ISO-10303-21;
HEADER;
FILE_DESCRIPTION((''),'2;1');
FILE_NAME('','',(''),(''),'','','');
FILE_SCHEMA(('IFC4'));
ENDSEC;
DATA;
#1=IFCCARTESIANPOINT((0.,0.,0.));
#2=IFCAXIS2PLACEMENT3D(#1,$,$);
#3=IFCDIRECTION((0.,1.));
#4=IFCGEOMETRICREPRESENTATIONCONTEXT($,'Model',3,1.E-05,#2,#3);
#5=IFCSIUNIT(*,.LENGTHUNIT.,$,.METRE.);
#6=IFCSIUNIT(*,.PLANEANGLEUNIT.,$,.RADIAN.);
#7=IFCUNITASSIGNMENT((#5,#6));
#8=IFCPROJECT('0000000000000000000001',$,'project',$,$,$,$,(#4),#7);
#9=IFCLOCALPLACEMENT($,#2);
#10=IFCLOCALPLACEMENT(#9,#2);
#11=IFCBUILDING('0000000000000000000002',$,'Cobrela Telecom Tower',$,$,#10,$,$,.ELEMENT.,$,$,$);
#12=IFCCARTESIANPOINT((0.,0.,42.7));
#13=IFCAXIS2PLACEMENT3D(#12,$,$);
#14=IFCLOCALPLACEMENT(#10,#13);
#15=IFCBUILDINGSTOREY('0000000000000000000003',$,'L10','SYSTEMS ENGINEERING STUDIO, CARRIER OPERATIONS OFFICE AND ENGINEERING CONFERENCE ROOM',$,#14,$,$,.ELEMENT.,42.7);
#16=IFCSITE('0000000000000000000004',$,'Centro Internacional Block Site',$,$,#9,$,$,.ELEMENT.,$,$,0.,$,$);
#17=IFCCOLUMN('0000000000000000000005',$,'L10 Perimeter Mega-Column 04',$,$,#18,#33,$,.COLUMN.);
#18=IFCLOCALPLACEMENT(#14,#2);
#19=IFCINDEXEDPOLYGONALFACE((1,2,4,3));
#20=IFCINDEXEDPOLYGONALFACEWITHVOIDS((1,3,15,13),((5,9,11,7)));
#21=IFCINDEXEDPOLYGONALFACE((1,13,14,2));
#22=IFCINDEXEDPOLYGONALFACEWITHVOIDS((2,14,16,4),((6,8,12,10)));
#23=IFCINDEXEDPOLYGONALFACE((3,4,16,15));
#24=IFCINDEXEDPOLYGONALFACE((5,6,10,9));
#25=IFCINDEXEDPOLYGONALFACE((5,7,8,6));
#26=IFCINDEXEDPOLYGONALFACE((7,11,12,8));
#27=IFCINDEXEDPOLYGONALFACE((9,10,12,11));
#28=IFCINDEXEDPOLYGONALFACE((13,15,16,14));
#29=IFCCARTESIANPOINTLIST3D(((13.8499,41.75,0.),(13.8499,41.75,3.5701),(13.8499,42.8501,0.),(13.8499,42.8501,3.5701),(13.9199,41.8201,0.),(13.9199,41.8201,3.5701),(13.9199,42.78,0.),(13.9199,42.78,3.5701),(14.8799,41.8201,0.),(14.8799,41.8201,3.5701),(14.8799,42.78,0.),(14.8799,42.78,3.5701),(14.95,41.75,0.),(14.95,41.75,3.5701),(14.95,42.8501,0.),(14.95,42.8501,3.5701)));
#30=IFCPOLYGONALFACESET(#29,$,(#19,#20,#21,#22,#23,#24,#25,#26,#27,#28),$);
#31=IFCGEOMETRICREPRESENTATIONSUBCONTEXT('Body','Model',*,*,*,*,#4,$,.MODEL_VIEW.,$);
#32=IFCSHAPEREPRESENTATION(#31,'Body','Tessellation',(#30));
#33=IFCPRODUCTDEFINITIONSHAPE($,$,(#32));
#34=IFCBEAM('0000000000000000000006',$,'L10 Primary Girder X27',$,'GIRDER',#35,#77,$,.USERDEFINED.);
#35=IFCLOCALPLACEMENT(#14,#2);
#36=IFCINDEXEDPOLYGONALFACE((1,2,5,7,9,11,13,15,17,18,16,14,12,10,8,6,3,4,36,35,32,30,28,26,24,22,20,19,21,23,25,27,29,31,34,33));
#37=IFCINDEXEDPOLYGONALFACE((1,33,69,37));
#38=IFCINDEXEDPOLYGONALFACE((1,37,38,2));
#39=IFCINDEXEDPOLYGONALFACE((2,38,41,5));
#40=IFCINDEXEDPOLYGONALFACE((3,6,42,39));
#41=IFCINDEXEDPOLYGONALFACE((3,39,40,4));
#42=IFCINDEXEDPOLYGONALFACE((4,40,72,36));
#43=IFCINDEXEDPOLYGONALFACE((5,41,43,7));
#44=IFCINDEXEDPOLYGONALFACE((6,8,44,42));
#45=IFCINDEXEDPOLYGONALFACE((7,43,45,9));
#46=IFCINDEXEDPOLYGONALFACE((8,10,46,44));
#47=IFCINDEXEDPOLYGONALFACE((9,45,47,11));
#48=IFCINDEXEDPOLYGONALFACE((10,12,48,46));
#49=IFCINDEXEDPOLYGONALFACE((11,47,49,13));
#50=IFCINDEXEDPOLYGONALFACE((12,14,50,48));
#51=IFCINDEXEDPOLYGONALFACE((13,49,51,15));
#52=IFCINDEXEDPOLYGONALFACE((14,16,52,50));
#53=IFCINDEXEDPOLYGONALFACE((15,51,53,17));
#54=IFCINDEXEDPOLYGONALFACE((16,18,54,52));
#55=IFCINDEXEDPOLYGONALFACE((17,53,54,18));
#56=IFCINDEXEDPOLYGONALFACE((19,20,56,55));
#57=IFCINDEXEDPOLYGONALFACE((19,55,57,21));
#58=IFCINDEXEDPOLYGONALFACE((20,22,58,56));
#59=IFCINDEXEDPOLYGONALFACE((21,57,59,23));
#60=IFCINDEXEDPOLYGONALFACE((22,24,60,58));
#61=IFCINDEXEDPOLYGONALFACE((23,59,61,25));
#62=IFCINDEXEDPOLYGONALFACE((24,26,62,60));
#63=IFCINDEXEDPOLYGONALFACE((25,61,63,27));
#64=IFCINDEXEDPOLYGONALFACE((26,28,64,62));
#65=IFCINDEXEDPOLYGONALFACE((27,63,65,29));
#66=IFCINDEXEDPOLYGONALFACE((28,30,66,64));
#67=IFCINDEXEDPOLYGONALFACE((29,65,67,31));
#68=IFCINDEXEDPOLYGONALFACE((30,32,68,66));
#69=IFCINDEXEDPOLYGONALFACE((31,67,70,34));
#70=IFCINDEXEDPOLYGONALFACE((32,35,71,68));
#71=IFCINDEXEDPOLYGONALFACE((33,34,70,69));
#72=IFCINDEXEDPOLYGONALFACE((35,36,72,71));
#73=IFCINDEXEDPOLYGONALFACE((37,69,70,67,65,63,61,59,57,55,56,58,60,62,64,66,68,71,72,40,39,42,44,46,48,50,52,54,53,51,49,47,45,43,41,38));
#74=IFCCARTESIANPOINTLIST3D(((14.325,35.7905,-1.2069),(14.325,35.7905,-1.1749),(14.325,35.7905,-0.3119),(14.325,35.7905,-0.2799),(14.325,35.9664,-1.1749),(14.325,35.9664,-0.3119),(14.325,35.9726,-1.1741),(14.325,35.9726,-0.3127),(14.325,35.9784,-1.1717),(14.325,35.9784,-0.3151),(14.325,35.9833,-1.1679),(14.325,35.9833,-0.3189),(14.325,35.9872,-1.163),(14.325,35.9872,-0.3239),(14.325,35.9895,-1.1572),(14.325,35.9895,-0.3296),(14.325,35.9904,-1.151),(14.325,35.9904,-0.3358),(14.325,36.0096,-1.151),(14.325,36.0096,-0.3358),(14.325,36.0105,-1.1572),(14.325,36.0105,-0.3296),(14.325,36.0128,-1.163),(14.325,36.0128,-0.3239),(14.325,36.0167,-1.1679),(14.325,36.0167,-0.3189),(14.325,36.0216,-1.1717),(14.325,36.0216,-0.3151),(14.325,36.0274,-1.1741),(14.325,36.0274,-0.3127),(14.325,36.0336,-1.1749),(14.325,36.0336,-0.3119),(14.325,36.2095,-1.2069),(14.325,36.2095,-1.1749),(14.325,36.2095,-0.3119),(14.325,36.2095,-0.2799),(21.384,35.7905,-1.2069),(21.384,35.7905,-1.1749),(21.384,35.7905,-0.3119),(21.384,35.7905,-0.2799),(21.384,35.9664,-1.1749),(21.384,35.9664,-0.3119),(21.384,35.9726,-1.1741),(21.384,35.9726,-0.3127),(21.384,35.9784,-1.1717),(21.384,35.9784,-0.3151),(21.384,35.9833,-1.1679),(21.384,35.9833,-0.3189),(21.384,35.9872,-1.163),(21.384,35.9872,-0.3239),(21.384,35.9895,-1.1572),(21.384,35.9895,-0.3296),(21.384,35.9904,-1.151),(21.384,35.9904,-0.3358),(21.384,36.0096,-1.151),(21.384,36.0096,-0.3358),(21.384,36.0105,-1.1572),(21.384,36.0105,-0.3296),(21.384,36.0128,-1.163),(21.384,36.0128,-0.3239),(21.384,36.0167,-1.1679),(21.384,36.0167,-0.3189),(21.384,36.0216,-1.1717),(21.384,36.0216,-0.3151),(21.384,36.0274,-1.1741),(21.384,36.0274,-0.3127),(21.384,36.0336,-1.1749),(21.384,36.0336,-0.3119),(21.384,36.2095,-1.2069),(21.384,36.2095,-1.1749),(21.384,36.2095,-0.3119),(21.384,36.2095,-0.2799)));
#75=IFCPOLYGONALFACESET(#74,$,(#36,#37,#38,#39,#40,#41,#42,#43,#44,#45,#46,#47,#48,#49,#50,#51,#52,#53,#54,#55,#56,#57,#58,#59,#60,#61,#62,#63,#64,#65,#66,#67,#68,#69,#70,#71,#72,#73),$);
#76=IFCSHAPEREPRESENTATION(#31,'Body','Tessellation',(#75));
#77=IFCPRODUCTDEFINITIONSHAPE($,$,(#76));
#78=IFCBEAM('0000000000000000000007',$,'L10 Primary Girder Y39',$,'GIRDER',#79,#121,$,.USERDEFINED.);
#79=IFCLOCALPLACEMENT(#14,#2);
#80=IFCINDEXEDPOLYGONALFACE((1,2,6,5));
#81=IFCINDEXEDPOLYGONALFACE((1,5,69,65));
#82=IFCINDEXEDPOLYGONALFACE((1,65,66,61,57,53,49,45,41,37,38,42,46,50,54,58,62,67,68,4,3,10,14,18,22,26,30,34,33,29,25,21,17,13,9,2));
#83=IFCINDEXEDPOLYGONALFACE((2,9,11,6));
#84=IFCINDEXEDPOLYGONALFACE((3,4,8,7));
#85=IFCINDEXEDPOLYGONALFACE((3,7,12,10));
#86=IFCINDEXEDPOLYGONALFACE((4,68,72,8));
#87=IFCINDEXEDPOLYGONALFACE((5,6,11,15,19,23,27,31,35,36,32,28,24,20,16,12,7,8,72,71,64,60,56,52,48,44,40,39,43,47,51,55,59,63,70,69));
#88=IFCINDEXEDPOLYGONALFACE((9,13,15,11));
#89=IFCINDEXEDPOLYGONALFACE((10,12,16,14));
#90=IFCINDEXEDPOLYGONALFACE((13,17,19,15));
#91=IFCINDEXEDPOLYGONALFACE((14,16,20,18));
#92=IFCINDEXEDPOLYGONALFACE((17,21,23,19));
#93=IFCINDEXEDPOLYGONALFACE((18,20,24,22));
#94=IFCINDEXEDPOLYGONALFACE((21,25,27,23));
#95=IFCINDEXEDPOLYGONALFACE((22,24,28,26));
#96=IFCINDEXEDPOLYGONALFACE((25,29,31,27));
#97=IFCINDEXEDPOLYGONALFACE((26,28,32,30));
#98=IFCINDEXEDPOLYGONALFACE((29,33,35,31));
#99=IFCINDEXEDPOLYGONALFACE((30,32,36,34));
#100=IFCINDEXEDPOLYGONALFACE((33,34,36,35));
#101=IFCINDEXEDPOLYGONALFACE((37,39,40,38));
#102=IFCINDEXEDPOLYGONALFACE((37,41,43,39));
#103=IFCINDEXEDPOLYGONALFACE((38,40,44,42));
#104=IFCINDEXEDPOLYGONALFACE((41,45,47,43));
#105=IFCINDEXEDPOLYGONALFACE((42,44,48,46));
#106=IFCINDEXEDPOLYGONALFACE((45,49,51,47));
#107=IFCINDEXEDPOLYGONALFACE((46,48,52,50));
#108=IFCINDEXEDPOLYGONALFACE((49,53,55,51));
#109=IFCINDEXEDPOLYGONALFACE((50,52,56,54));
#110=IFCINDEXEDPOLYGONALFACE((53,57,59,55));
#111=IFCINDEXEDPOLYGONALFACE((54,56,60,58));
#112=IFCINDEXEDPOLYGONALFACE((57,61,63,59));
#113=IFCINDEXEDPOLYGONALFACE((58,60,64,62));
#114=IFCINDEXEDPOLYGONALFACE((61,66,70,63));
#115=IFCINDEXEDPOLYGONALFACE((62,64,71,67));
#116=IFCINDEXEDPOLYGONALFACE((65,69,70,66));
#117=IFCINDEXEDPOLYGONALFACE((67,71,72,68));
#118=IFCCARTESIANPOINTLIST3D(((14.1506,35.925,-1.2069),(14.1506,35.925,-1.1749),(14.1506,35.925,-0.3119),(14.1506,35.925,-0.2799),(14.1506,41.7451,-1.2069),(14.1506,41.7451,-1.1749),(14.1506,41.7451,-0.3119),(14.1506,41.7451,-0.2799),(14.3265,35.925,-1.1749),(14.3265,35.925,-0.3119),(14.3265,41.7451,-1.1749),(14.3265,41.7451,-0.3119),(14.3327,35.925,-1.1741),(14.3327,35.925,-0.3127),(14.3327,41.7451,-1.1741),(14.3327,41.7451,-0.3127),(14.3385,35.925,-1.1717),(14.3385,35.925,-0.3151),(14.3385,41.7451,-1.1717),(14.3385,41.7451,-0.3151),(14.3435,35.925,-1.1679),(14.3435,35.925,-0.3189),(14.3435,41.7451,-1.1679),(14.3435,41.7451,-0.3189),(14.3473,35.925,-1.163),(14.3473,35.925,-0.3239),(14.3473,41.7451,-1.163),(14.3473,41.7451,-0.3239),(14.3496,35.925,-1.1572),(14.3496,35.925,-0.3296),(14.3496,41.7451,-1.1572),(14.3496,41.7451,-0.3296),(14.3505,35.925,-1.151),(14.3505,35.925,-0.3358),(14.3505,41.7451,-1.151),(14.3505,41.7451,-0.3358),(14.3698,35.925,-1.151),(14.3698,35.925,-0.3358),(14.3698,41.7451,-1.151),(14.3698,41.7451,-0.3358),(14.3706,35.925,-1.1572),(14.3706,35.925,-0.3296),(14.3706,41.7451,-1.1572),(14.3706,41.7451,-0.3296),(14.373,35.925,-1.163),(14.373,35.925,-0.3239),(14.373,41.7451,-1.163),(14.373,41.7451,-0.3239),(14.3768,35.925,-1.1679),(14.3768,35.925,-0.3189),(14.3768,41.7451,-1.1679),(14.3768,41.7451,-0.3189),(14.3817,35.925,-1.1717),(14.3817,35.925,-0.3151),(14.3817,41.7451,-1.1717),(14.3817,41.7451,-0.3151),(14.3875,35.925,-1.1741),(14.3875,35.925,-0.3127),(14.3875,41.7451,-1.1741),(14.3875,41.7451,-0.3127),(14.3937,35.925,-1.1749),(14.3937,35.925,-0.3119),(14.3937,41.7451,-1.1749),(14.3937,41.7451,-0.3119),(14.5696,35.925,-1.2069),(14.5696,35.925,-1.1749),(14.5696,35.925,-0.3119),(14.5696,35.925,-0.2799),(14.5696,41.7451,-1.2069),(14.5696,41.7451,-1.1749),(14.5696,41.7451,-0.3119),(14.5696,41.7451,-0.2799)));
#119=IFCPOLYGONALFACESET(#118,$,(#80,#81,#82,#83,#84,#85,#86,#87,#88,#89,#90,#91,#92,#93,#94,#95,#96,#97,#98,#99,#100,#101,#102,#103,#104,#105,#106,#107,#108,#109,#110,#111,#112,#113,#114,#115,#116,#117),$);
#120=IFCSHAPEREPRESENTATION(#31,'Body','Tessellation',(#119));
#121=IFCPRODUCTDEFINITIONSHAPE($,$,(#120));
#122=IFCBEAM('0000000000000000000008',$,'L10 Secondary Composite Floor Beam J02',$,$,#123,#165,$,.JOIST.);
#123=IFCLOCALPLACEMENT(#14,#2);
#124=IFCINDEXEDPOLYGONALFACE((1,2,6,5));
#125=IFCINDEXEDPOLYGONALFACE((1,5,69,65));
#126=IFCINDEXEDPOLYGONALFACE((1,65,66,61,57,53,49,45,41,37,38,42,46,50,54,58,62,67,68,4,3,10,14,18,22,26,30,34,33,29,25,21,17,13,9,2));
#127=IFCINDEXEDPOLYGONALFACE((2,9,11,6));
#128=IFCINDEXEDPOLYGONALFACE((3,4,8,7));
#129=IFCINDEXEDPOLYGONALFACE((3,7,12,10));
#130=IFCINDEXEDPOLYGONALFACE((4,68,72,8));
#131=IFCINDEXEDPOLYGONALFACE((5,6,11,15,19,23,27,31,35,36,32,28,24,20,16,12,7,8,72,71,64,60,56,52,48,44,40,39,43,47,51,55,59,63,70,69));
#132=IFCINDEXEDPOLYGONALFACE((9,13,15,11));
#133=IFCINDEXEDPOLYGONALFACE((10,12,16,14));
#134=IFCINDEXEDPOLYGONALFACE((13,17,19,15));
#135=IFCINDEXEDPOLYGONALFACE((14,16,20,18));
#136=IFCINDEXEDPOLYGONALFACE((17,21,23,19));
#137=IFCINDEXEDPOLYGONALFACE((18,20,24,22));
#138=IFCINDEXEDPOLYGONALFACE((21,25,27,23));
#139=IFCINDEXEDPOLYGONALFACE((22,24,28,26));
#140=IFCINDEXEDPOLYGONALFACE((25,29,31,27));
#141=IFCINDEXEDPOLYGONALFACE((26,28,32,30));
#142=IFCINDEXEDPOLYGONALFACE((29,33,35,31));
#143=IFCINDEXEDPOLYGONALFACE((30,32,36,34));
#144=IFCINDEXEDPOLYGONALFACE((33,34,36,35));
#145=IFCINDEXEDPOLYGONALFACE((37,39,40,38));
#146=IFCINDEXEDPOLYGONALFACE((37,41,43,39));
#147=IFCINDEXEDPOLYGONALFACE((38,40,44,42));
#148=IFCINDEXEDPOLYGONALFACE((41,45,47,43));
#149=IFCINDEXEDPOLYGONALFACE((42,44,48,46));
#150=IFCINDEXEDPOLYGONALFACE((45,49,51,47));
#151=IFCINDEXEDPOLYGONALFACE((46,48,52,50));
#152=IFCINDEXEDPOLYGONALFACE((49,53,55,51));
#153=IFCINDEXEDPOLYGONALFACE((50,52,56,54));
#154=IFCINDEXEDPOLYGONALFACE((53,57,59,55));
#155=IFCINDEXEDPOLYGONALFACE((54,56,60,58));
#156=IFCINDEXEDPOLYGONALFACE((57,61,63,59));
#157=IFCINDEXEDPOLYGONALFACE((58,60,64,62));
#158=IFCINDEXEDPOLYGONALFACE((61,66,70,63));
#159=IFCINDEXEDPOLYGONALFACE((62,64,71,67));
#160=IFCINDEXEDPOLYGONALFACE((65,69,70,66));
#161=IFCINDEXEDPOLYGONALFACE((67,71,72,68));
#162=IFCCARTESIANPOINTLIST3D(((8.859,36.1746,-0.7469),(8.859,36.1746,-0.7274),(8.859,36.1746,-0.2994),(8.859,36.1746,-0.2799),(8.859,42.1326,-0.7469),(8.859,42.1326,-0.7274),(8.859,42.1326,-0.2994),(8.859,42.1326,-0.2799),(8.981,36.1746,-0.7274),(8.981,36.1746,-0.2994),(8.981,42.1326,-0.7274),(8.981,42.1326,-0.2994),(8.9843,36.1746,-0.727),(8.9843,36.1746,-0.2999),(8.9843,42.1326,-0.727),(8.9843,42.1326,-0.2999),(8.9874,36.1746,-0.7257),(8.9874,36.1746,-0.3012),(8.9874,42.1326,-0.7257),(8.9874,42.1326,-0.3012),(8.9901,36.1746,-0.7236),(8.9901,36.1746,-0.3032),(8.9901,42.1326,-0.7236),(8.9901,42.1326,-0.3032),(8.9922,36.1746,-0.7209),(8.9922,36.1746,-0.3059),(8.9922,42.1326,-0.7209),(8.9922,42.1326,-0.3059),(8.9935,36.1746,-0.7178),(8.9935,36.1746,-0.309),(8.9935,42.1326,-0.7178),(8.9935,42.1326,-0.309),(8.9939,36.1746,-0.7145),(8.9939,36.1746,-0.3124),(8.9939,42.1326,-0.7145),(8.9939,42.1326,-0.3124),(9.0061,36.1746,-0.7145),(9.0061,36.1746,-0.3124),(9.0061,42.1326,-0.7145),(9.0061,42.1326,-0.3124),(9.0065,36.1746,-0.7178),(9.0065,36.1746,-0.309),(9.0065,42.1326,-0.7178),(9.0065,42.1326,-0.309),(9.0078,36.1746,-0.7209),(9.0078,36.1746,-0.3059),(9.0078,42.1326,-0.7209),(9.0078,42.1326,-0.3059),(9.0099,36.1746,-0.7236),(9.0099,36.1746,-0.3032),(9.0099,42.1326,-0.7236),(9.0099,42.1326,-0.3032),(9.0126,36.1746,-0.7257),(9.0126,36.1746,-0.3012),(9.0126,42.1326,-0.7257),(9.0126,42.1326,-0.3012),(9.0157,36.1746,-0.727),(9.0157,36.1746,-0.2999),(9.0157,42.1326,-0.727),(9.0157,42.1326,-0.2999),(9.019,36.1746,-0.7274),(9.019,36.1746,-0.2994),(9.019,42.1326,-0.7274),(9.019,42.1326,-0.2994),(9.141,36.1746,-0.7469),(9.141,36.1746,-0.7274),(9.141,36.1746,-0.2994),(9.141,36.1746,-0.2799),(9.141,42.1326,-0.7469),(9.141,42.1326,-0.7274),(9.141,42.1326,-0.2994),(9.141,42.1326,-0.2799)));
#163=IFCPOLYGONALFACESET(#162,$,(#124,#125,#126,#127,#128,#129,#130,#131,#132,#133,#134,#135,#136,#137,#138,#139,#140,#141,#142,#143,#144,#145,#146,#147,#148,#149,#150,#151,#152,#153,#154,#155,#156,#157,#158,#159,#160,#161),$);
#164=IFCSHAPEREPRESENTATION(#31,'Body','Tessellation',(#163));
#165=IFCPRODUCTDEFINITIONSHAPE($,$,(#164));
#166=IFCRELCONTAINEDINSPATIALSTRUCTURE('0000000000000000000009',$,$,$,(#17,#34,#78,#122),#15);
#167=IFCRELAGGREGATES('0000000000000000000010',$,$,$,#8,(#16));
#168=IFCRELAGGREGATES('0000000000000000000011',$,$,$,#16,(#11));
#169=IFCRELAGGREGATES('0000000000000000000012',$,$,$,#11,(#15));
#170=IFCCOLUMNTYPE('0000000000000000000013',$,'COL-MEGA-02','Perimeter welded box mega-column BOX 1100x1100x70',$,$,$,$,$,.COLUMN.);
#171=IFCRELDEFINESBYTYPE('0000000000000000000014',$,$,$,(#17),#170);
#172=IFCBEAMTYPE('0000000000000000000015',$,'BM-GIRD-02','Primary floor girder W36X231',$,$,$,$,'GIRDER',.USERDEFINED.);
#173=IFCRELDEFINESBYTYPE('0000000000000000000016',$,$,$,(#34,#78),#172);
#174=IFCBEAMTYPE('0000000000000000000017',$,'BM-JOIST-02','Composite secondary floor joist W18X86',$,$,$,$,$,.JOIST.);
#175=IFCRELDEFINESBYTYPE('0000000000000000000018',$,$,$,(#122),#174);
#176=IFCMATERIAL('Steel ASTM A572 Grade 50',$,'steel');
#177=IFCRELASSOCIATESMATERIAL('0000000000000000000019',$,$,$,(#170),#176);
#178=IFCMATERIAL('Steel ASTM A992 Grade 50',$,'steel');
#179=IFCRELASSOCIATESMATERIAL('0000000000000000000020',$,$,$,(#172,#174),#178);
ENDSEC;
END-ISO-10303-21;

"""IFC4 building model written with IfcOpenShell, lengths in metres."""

from ifc_helpers import new_model, si_unit, direction, frame, origin, origin_2d, place, context, subcontext, project, spatial, hollow_rectangle, i_section, extrude, material, material_profile, profile_set, type_object, element, save


model = new_model("IFC4")

# Units and contexts
model_context = context("Model", 3, precision=1e-05, world=origin(), true_north=direction((0.0, 1.0)))
body_context = subcontext(model_context, "Body", "Model", "MODEL_VIEW")
ifc_project = project(units=[si_unit("LENGTHUNIT", "METRE"), si_unit("PLANEANGLEUNIT", "RADIAN")], contexts=[model_context])

# Site, building, storey
site_placement = place(None, origin())
site = spatial("IfcSite", under=ifc_project, at=site_placement, Name="Centro Internacional Block Site", CompositionType="ELEMENT", RefElevation=0.0)
building_placement = place(site_placement, origin())
building = spatial("IfcBuilding", under=site, at=building_placement, Name="Cobrela Telecom Tower", CompositionType="ELEMENT")
storey_placement = place(building_placement, frame((0.0, 0.0, 42.7)))
storey = spatial("IfcBuildingStorey", under=building, at=storey_placement, Name="L10", Description="SYSTEMS ENGINEERING STUDIO, CARRIER OPERATIONS OFFICE AND ENGINEERING CONFERENCE ROOM", CompositionType="ELEMENT", Elevation=42.7)

# Column
ifc_material_1 = material(Name="Steel ASTM A572 Grade 50", Category="steel")
ifc_material_profile_1 = material_profile(ifc_material_1, hollow_rectangle(XDim=1.1001, YDim=1.1001, WallThickness=0.0701, at=origin_2d()), Name="BOX 1100x1100x70")
ifc_profile_set_1 = profile_set([ifc_material_profile_1], Name="Steel ASTM A572 Grade 50")
column_type = type_object("IfcColumnType", Name="COL-MEGA-02", Description="Perimeter welded box mega-column BOX 1100x1100x70", PredefinedType="COLUMN", material=ifc_profile_set_1)
column_placement = place(storey_placement, frame((14.3999, 42.3, 0.0), z_axis=(0.0, 0.0, 1.0), x_axis=(1.0, 0.0, 0.0)))
element("IfcColumn", 1, at=column_placement, inside=storey, type_object=column_type, Name="L10 Perimeter Mega-Column 04", PredefinedType="COLUMN", context=body_context, shape_type="SweptSolid", body=[
    extrude(hollow_rectangle(XDim=1.1001, YDim=1.1001, WallThickness=0.0701, at=origin_2d()), origin(), (0.0, 0.0, 1.0), 3.5701),
])

# Beams
ifc_material_2 = material(Name="Steel ASTM A992 Grade 50", Category="steel")
ifc_material_profile_2 = material_profile(ifc_material_2, i_section(OverallWidth=0.4189, OverallDepth=0.927, WebThickness=0.0193, FlangeThickness=0.032, FilletRadius=0.0239, at=origin_2d()), Name="W36X231")
ifc_profile_set_2 = profile_set([ifc_material_profile_2], Name="Steel ASTM A992 Grade 50")
beam_type_1 = type_object("IfcBeamType", Name="BM-GIRD-02", Description="Primary floor girder W36X231", ElementType="GIRDER", PredefinedType="USERDEFINED", material=ifc_profile_set_2)
beam_1_placement = place(storey_placement, frame((14.325, 36.0, -0.7434), z_axis=(1.0, 0.0, 0.0), x_axis=(0.0, 1.0, 0.0)))
element("IfcBeam", 2, at=beam_1_placement, inside=storey, type_object=beam_type_1, Name="L10 Primary Girder X27", ObjectType="GIRDER", PredefinedType="USERDEFINED", context=body_context, shape_type="SweptSolid", body=[
    extrude(i_section(OverallWidth=0.4189, OverallDepth=0.927, WebThickness=0.0193, FlangeThickness=0.032, FilletRadius=0.0239, at=origin_2d()), origin(), (0.0, 0.0, 1.0), 7.0591),
])
beam_2_placement = place(storey_placement, frame((14.3601, 35.925, -0.7434), z_axis=(0.0, 1.0, 0.0), x_axis=(-1.0, 0.0, 0.0)))
element("IfcBeam", 3, at=beam_2_placement, inside=storey, type_object=beam_type_1, Name="L10 Primary Girder Y39", ObjectType="GIRDER", PredefinedType="USERDEFINED", context=body_context, shape_type="SweptSolid", body=[
    extrude(i_section(OverallWidth=0.4189, OverallDepth=0.927, WebThickness=0.0193, FlangeThickness=0.032, FilletRadius=0.0239, at=origin_2d()), origin(), (0.0, 0.0, 1.0), 5.8201),
])
ifc_material_profile_3 = material_profile(ifc_material_2, i_section(OverallWidth=0.282, OverallDepth=0.467, WebThickness=0.0122, FlangeThickness=0.0195, FilletRadius=0.0129, at=origin_2d()), Name="W18X86")
ifc_profile_set_3 = profile_set([ifc_material_profile_3], Name="Steel ASTM A992 Grade 50")
beam_type_2 = type_object("IfcBeamType", Name="BM-JOIST-02", Description="Composite secondary floor joist W18X86", PredefinedType="JOIST", material=ifc_profile_set_3)
for number, where, z_axis, x_axis, name in (
    (4, (9.0, 36.1746, -0.5134), (0.0, 1.0, 0.0), (-1.0, 0.0, 0.0), "L10 Secondary Composite Floor Beam J02"),
):
    element("IfcBeam", number, at=place(storey_placement, frame(where, z_axis=z_axis, x_axis=x_axis)), inside=storey, type_object=beam_type_2, Name=name, PredefinedType="JOIST", context=body_context, shape_type="SweptSolid", body=[
        extrude(i_section(OverallWidth=0.282, OverallDepth=0.467, WebThickness=0.0122, FlangeThickness=0.0195, FilletRadius=0.0129, at=origin_2d()), origin(), (0.0, 0.0, 1.0), 5.958),
    ])

save(model, "model.ifc")
